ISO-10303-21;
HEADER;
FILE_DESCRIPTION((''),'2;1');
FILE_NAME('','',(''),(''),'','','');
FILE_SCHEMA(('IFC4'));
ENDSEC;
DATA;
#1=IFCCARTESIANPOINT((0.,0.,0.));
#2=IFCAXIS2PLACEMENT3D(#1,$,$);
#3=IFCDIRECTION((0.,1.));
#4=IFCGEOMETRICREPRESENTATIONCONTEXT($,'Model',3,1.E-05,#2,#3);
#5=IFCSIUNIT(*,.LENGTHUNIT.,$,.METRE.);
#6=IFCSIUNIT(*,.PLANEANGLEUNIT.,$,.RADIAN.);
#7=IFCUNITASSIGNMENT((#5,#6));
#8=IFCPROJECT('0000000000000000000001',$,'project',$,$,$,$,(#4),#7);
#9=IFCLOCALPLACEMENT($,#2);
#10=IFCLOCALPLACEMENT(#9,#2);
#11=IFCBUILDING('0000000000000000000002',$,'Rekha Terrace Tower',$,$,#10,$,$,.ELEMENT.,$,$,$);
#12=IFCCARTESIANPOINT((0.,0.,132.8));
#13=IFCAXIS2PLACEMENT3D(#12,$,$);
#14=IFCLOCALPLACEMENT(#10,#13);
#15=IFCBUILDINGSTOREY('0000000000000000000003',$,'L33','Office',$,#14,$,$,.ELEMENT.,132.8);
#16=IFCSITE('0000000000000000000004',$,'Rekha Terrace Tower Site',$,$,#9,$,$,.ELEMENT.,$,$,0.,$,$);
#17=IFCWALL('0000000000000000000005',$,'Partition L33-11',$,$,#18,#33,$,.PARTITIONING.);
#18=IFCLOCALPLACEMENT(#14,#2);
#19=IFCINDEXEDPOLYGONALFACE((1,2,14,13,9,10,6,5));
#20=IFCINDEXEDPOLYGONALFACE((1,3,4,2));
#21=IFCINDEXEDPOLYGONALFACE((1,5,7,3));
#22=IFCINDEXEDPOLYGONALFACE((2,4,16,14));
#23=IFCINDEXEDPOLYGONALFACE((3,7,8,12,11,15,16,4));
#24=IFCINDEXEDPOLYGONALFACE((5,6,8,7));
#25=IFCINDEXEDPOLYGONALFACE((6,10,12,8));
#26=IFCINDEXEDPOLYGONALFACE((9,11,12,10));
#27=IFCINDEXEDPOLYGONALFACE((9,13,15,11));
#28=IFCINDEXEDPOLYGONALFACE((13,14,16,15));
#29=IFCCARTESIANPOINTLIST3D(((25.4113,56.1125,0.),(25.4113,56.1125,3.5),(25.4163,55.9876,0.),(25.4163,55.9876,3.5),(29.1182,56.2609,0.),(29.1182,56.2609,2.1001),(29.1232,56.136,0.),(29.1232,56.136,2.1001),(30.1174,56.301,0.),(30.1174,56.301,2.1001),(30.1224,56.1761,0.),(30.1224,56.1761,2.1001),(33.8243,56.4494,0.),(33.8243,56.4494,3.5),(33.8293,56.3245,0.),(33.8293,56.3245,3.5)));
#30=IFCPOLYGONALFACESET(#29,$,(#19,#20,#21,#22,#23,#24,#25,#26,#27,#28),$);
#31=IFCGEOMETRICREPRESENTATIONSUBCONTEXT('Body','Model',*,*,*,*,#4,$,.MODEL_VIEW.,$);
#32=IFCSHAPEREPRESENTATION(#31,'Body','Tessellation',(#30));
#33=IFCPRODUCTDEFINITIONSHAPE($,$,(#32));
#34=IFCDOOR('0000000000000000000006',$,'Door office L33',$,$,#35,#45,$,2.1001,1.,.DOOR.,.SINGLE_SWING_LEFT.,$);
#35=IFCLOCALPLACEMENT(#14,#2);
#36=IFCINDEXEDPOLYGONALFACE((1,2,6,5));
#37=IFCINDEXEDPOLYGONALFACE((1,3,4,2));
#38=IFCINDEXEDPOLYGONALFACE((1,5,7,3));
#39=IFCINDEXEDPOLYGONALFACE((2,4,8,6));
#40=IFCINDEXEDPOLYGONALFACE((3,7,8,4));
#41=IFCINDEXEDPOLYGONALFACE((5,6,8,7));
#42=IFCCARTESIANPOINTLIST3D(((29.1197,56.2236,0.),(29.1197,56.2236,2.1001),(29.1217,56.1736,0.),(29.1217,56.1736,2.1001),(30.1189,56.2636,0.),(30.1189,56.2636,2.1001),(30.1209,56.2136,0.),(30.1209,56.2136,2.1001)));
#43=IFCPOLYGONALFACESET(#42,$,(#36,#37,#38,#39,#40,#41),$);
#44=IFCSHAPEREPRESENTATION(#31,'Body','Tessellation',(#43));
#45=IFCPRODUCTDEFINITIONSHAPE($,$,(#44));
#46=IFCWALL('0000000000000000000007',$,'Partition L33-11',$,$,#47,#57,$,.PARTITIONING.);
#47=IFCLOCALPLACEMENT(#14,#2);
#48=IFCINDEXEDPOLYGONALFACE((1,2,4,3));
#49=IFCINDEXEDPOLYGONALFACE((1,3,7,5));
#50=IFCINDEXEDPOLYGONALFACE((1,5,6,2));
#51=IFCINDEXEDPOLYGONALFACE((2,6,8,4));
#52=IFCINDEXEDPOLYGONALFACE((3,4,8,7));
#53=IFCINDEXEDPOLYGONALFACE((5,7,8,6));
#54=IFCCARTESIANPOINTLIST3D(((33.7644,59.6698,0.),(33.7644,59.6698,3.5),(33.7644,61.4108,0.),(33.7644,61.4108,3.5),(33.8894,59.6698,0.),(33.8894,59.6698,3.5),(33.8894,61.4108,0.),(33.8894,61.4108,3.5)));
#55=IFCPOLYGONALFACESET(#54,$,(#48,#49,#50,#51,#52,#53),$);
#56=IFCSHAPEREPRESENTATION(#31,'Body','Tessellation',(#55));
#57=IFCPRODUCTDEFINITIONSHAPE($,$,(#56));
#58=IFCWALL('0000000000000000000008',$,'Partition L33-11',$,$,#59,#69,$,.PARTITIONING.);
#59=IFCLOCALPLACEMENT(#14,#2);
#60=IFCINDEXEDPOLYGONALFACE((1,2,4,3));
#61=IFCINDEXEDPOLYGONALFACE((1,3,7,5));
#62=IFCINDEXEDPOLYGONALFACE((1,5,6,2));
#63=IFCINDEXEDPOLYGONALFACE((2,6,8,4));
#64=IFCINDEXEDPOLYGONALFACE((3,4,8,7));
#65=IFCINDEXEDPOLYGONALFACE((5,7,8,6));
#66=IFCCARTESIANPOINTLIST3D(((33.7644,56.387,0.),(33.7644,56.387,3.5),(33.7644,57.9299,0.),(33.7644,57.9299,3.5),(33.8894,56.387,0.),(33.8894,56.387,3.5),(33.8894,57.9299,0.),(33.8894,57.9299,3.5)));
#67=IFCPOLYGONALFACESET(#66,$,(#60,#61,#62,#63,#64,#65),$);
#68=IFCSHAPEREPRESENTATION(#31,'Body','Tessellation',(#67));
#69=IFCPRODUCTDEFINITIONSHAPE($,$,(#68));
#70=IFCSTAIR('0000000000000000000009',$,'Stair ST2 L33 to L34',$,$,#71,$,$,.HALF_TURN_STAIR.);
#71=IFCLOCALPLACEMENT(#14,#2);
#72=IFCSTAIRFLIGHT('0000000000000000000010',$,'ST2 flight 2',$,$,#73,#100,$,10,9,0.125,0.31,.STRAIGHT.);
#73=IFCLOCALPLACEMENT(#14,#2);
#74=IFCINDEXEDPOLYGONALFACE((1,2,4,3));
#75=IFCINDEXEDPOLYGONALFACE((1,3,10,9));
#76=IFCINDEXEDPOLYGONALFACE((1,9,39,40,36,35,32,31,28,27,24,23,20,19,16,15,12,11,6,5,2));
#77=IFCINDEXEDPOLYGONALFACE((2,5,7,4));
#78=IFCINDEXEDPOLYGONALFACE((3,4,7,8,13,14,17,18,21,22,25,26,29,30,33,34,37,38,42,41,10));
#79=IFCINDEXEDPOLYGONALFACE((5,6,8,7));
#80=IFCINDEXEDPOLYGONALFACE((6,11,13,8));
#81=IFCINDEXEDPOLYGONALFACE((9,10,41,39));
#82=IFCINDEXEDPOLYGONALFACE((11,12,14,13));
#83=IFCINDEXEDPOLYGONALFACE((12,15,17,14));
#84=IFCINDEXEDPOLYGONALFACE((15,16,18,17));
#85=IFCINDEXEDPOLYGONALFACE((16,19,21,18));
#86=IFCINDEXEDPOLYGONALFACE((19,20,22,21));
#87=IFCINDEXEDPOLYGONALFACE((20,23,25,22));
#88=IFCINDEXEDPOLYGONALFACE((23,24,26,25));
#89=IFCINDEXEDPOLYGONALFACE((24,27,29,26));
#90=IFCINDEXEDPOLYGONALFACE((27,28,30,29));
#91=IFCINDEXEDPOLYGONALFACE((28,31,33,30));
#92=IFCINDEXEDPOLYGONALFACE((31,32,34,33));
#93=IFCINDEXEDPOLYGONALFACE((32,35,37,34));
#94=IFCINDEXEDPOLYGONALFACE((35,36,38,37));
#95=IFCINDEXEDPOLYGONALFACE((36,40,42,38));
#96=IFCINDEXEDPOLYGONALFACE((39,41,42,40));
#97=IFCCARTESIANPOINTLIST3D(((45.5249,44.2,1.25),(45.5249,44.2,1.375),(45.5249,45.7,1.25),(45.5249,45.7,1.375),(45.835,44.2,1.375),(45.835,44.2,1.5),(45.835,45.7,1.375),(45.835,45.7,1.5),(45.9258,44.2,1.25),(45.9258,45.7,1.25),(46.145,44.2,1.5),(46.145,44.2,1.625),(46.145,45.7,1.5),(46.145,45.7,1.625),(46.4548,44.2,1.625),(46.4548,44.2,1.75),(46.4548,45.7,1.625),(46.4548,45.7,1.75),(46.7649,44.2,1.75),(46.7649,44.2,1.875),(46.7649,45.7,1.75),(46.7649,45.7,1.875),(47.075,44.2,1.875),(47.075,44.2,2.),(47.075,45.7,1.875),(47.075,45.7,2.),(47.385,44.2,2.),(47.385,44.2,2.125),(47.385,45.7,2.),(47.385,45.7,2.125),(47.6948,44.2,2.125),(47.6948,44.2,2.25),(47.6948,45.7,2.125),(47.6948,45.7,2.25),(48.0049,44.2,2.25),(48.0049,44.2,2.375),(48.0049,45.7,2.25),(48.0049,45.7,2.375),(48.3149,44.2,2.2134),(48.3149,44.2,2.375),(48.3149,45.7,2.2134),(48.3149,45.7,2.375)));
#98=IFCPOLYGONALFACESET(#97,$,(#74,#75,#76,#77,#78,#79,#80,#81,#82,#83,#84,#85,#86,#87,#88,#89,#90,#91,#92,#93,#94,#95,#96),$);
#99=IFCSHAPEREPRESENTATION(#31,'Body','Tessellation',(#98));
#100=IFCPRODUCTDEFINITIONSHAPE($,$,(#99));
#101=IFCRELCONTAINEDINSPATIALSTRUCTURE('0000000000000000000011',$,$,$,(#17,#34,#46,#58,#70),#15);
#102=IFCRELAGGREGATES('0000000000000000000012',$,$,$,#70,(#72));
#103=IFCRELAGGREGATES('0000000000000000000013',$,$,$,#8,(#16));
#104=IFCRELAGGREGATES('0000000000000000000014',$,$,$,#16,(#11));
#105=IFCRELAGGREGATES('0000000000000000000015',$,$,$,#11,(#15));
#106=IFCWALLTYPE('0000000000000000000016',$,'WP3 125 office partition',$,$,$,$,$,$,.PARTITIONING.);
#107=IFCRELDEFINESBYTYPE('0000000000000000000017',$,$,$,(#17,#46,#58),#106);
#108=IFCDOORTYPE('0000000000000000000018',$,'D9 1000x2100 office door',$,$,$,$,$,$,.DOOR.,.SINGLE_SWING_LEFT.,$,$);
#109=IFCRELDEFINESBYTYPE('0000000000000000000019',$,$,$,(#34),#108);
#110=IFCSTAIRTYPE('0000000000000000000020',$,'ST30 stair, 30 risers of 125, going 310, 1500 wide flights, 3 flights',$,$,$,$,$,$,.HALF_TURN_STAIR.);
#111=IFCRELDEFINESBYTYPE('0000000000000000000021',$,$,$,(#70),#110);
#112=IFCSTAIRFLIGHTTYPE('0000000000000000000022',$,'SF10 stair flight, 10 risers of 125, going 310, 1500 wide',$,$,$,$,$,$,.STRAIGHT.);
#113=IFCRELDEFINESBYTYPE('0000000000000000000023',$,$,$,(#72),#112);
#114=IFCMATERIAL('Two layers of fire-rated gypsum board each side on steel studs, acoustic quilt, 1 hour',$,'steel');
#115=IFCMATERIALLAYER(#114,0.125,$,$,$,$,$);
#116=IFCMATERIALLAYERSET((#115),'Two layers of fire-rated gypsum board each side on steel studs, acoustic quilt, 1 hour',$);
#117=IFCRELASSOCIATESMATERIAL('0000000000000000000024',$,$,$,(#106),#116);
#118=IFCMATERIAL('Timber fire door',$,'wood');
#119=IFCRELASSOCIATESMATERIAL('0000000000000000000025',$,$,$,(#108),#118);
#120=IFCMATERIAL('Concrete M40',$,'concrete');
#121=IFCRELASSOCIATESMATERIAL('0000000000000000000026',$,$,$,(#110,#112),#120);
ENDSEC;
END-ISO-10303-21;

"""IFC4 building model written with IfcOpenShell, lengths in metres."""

from ifc_helpers import new_model, si_unit, direction, frame, frame_2d, origin, place, context, subcontext, project, spatial, polyline, rectangle, outline, extrude, material, layer, layer_set, type_object, element, fill, aggregate, save


model = new_model("IFC4")

# Units and contexts
model_context = context("Model", 3, precision=1e-05, world=origin(), true_north=direction((0.0, 1.0)))
body_context = subcontext(model_context, "Body", "Model", "MODEL_VIEW")
ifc_project = project(units=[si_unit("LENGTHUNIT", "METRE"), si_unit("PLANEANGLEUNIT", "RADIAN")], contexts=[model_context])

# Site, building, storey
site_placement = place(None, origin())
site = spatial("IfcSite", under=ifc_project, at=site_placement, Name="Rekha Terrace Tower Site", CompositionType="ELEMENT", RefElevation=0.0)
building_placement = place(site_placement, origin())
building = spatial("IfcBuilding", under=site, at=building_placement, Name="Rekha Terrace Tower", CompositionType="ELEMENT")
storey_placement = place(building_placement, frame((0.0, 0.0, 132.8)))
storey = spatial("IfcBuildingStorey", under=building, at=storey_placement, Name="L33", Description="Office", CompositionType="ELEMENT", Elevation=132.8)

# Shared definitions
ifc_material_1 = material(Name="Two layers of fire-rated gypsum board each side on steel studs, acoustic quilt, 1 hour", Category="steel")
ifc_layer_1 = layer(ifc_material_1, 0.125)
ifc_layer_set_1 = layer_set([ifc_layer_1], Name="Two layers of fire-rated gypsum board each side on steel studs, acoustic quilt, 1 hour")
wall_type_1 = type_object("IfcWallType", Name="WP3 125 office partition", PredefinedType="PARTITIONING", material=ifc_layer_set_1)

# Wall, opening, door
wall_1_placement = place(storey_placement, frame((33.8269, 56.387, 0.0), z_axis=(0.0, 0.0, 1.0), x_axis=(-0.999199, -0.040016, 0.0)))
wall_1 = element("IfcWall", 1, at=wall_1_placement, inside=storey, type_object=wall_type_1, Name="Partition L33-11", PredefinedType="PARTITIONING", context=body_context, shape_type="SweptSolid", body=[
    extrude(rectangle(XDim=8.4197, YDim=0.125, at=frame_2d((4.21, 0.0))), origin(), (0.0, 0.0, 1.0), 3.5),
])
opening_1_placement = place(wall_1_placement, frame((3.71, 0.0, 0.0)))
opening_1 = element("IfcOpeningElement", 2, at=opening_1_placement, cuts=wall_1, PredefinedType="OPENING", context=body_context, shape_type="SweptSolid", body=[
    extrude(rectangle(XDim=1.0, YDim=2.1001, at=frame_2d((0.5, 1.05))), frame((0.0, 0.0725, 0.0), z_axis=(0.0, -1.0, 0.0), x_axis=(1.0, 0.0, 0.0)), (0.0, 0.0, 1.0), 0.145),
])
ifc_material_2 = material(Name="Timber fire door", Category="wood")
door_type_1 = type_object("IfcDoorType", Name="D9 1000x2100 office door", OperationType="SINGLE_SWING_LEFT", PredefinedType="DOOR", material=ifc_material_2)
door_1_placement = place(opening_1_placement, origin())
door_1 = element("IfcDoor", 3, at=door_1_placement, inside=storey, type_object=door_type_1, Name="Door office L33", OperationType="SINGLE_SWING_LEFT", OverallHeight=2.1001, OverallWidth=1.0, PredefinedType="DOOR", context=body_context, shape_type="SweptSolid", body=[
    extrude(rectangle(XDim=1.0, YDim=2.1001, at=frame_2d((0.5, 1.05))), frame((0.0, 0.0249, 0.0), z_axis=(0.0, -1.0, 0.0), x_axis=(1.0, 0.0, 0.0)), (0.0, 0.0, 1.0), 0.05),
])
fill(opening_1, door_1)

# Walls
wall_2_placement = place(storey_placement, frame((33.8269, 61.4109, 0.0), z_axis=(0.0, 0.0, 1.0), x_axis=(0.0, -1.0, 0.0)))
element("IfcWall", 4, at=wall_2_placement, inside=storey, type_object=wall_type_1, Name="Partition L33-11", PredefinedType="PARTITIONING", context=body_context, shape_type="SweptSolid", body=[
    extrude(rectangle(XDim=1.741, YDim=0.125, at=frame_2d((0.8706, 0.0))), origin(), (0.0, 0.0, 1.0), 3.5),
])
wall_3_placement = place(storey_placement, frame((33.8269, 57.9299, 0.0), z_axis=(0.0, 0.0, 1.0), x_axis=(0.0, -1.0, 0.0)))
element("IfcWall", 5, at=wall_3_placement, inside=storey, type_object=wall_type_1, Name="Partition L33-11", PredefinedType="PARTITIONING", context=body_context, shape_type="SweptSolid", body=[
    extrude(rectangle(XDim=1.543, YDim=0.125, at=frame_2d((0.7715, 0.0))), origin(), (0.0, 0.0, 1.0), 3.5),
])

# Stair, stair flight
ifc_material_3 = material(Name="Concrete M40", Category="concrete")
stair_type = type_object("IfcStairType", Name="ST30 stair, 30 risers of 125, going 310, 1500 wide flights, 3 flights", PredefinedType="HALF_TURN_STAIR", material=ifc_material_3)
stair_placement = place(storey_placement, origin())
stair = element("IfcStair", 6, at=stair_placement, inside=storey, type_object=stair_type, Name="Stair ST2 L33 to L34", PredefinedType="HALF_TURN_STAIR")
stair_flight_type = type_object("IfcStairFlightType", Name="SF10 stair flight, 10 risers of 125, going 310, 1500 wide", PredefinedType="STRAIGHT", material=ifc_material_3)
stair_flight_placement = place(storey_placement, frame((45.5249, 44.95, 1.25), z_axis=(0.0, 0.0, 1.0), x_axis=(1.0, 0.0, 0.0)))
stair_flight = element("IfcStairFlight", 7, at=stair_flight_placement, type_object=stair_flight_type, Name="ST2 flight 2", NumberOfRisers=10, NumberOfTreads=9, PredefinedType="STRAIGHT", RiserHeight=0.125, TreadLength=0.31, context=body_context, shape_type="SweptSolid", body=[
    extrude(outline(polyline([(0.0, 0.0), (0.0, 0.125), (0.3101, 0.125), (0.3101, 0.25), (0.6201, 0.25), (0.6201, 0.375), (0.9299, 0.375), (0.9299, 0.5), (1.24, 0.5), (1.24, 0.625), (1.55, 0.625), (1.55, 0.75), (1.8601, 0.75), (1.8601, 0.875), (2.1699, 0.875), (2.1699, 1.0), (2.48, 1.0), (2.48, 1.125), (2.79, 1.125), (2.79, 1.25), (2.79, 0.9634), (0.4009, 0.0), (0.0, 0.0)])), frame((0.0, 0.75, 0.0), z_axis=(0.0, -1.0, 0.0), x_axis=(1.0, 0.0, 0.0)), (0.0, 0.0, 1.0), 1.5),
])
aggregate(stair, [stair_flight])

save(model, "model.ifc")
